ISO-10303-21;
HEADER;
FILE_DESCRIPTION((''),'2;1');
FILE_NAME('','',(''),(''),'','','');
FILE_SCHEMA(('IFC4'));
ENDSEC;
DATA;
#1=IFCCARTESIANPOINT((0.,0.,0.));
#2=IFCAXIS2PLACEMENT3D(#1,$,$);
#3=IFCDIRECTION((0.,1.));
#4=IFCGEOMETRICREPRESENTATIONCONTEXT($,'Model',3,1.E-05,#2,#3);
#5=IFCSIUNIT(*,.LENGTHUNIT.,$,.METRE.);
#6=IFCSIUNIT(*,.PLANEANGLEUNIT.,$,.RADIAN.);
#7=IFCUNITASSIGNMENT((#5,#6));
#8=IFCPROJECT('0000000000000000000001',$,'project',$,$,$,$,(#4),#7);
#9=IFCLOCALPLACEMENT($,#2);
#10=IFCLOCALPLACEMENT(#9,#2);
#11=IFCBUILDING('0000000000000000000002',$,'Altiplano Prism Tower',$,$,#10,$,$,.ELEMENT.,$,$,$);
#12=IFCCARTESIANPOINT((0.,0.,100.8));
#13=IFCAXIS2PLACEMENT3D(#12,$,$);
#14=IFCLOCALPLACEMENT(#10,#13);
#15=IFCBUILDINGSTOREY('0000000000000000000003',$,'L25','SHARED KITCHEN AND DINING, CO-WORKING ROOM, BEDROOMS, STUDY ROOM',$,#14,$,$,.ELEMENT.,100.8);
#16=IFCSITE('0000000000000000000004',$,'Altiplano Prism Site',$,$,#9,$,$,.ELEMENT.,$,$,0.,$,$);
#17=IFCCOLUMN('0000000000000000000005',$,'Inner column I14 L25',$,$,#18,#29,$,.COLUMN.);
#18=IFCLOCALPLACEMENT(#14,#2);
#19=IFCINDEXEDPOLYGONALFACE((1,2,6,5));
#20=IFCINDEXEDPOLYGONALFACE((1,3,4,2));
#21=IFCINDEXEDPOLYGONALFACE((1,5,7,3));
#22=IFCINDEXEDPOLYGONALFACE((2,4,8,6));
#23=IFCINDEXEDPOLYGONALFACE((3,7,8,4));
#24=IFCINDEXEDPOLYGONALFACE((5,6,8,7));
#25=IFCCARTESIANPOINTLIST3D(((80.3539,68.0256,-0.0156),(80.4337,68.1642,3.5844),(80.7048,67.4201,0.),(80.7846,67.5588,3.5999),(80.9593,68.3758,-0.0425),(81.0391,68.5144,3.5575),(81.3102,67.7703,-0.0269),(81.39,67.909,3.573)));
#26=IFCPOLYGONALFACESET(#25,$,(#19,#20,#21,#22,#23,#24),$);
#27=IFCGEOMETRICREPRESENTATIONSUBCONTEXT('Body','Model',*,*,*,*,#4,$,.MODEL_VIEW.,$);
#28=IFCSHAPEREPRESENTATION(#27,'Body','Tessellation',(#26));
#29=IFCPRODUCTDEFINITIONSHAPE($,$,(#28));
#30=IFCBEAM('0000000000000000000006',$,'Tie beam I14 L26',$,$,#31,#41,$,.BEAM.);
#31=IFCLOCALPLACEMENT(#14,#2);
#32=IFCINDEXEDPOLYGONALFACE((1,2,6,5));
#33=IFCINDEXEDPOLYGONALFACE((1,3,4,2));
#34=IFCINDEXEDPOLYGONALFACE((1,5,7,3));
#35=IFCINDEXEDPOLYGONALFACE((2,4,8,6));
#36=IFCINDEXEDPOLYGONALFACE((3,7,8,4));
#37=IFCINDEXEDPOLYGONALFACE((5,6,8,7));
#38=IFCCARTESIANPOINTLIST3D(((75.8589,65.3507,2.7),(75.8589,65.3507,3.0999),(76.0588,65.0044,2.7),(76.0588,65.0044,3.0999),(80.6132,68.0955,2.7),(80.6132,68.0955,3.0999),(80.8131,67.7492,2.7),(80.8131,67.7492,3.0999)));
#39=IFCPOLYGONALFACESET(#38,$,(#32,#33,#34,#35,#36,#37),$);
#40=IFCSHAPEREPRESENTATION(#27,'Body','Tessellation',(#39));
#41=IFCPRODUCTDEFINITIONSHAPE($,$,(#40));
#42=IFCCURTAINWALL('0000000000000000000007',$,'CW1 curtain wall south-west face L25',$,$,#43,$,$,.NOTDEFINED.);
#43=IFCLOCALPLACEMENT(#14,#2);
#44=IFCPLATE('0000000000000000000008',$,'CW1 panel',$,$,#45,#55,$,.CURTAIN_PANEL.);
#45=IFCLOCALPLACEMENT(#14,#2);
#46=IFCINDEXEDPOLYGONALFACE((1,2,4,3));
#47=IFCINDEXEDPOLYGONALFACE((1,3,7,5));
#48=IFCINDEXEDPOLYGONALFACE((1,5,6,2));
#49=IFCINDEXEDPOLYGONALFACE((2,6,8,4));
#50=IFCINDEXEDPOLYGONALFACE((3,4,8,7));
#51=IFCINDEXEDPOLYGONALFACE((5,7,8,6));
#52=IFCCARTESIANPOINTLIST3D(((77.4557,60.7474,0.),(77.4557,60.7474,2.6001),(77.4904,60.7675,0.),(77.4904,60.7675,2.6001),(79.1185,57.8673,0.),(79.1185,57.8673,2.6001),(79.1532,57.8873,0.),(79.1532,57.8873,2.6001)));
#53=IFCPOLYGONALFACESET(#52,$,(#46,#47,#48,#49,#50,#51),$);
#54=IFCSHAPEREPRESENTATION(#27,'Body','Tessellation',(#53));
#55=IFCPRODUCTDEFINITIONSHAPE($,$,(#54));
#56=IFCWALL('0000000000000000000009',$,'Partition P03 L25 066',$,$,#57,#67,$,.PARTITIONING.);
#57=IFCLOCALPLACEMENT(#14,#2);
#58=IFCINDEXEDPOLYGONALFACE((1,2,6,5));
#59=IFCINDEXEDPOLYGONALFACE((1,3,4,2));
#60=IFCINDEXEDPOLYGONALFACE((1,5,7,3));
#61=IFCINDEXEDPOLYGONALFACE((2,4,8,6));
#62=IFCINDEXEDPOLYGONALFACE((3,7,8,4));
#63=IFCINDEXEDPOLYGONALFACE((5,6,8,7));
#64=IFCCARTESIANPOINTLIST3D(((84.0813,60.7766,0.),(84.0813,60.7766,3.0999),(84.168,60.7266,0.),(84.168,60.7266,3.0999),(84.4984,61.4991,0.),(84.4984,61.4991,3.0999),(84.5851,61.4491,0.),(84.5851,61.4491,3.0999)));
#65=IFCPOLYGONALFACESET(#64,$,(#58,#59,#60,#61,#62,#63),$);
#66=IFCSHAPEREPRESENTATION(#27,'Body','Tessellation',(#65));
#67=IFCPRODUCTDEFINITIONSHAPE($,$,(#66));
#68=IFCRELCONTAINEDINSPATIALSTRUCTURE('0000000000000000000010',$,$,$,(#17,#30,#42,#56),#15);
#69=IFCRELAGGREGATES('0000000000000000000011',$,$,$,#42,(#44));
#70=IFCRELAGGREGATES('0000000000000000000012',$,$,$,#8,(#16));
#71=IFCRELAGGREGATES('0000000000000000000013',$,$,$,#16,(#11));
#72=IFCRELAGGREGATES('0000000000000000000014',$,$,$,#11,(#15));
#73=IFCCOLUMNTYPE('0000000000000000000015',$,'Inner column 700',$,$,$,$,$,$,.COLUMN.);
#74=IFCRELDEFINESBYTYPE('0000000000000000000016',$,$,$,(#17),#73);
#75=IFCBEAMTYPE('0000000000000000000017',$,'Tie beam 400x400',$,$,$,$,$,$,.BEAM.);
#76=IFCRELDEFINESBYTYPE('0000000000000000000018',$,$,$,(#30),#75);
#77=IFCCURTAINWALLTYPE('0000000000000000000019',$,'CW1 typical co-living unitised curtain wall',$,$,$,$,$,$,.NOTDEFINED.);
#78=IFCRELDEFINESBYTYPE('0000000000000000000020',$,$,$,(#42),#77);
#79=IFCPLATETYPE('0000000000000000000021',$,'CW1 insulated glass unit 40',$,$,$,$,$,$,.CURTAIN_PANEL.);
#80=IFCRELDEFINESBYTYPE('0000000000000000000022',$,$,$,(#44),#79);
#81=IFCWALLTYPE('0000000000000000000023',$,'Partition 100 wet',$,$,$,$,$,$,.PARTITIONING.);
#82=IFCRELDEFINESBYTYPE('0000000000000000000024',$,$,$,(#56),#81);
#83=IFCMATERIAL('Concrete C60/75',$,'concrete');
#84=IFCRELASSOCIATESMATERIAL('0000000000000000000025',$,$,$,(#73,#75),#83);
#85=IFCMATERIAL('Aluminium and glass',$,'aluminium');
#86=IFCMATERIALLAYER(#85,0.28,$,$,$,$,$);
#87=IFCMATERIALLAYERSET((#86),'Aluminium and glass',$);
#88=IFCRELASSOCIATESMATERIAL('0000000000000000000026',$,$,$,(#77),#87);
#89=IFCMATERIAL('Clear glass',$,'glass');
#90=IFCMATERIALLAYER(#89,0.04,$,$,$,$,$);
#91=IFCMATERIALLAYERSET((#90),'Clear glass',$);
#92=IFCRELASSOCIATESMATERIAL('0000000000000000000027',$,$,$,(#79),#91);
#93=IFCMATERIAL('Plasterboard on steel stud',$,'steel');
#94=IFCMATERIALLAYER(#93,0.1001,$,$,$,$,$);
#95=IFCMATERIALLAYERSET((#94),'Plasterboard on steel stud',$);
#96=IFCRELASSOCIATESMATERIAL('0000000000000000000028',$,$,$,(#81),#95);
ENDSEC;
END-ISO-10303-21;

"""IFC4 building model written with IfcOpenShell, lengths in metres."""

from ifc_helpers import new_model, si_unit, direction, frame, frame_2d, origin, origin_2d, place, context, subcontext, project, spatial, rectangle, extrude, material, layer, layer_set, material_profile, profile_set, type_object, element, aggregate, save


model = new_model("IFC4")

# Units and contexts
model_context = context("Model", 3, precision=1e-05, world=origin(), true_north=direction((0.0, 1.0)))
body_context = subcontext(model_context, "Body", "Model", "MODEL_VIEW")
ifc_project = project(units=[si_unit("LENGTHUNIT", "METRE"), si_unit("PLANEANGLEUNIT", "RADIAN")], contexts=[model_context])

# Site, building, storey
site_placement = place(None, origin())
site = spatial("IfcSite", under=ifc_project, at=site_placement, Name="Altiplano Prism Site", CompositionType="ELEMENT", RefElevation=0.0)
building_placement = place(site_placement, origin())
building = spatial("IfcBuilding", under=site, at=building_placement, Name="Altiplano Prism Tower", CompositionType="ELEMENT")
storey_placement = place(building_placement, frame((0.0, 0.0, 100.8)))
storey = spatial("IfcBuildingStorey", under=building, at=storey_placement, Name="L25", Description="SHARED KITCHEN AND DINING, CO-WORKING ROOM, BEDROOMS, STUDY ROOM", CompositionType="ELEMENT", Elevation=100.8)

# Column
ifc_material_1 = material(Name="Concrete C60/75", Category="concrete")
ifc_material_profile_1 = material_profile(ifc_material_1, rectangle(XDim=0.7, YDim=0.7, at=origin_2d()), Name="Inner column 700")
ifc_profile_set_1 = profile_set([ifc_material_profile_1], Name="Concrete C60/75")
column_type = type_object("IfcColumnType", Name="Inner column 700", PredefinedType="COLUMN", material=ifc_profile_set_1)
column_placement = place(storey_placement, frame((80.832, 67.8979, -0.0212), z_axis=(0.022155, 0.038484, 0.999014), x_axis=(-0.864982, -0.500327, 0.038456)))
element("IfcColumn", 1, at=column_placement, inside=storey, type_object=column_type, Name="Inner column I14 L25", PredefinedType="COLUMN", context=body_context, shape_type="SweptSolid", body=[
    extrude(rectangle(XDim=0.7, YDim=0.7, at=origin_2d()), origin(), (0.0, 0.0, 1.0), 3.6035),
])

# Beam
ifc_material_profile_2 = material_profile(ifc_material_1, rectangle(XDim=0.3999, YDim=0.3999, at=origin_2d()), Name="Tie beam 400x400")
ifc_profile_set_2 = profile_set([ifc_material_profile_2], Name="Concrete C60/75")
beam_type = type_object("IfcBeamType", Name="Tie beam 400x400", PredefinedType="BEAM", material=ifc_profile_set_2)
beam_placement = place(storey_placement, frame((80.7131, 67.9224, 2.8999), z_axis=(-0.866032, -0.499989, 0.0), x_axis=(0.499989, -0.866032, 0.0)))
element("IfcBeam", 2, at=beam_placement, inside=storey, type_object=beam_type, Name="Tie beam I14 L26", PredefinedType="BEAM", context=body_context, shape_type="SweptSolid", body=[
    extrude(rectangle(XDim=0.3999, YDim=0.3999, at=origin_2d()), origin(), (0.0, 0.0, 1.0), 5.4897),
])

# Curtain wall, plate
ifc_material_2 = material(Name="Aluminium and glass", Category="aluminium")
ifc_layer_1 = layer(ifc_material_2, 0.28)
ifc_layer_set_1 = layer_set([ifc_layer_1], Name="Aluminium and glass")
curtain_wall_type = type_object("IfcCurtainWallType", Name="CW1 typical co-living unitised curtain wall", PredefinedType="NOTDEFINED", material=ifc_layer_set_1)
curtain_wall_placement = place(storey_placement, origin())
curtain_wall = element("IfcCurtainWall", 3, at=curtain_wall_placement, inside=storey, type_object=curtain_wall_type, Name="CW1 curtain wall south-west face L25", PredefinedType="NOTDEFINED")
ifc_material_3 = material(Name="Clear glass", Category="glass")
ifc_layer_2 = layer(ifc_material_3, 0.04)
ifc_layer_set_2 = layer_set([ifc_layer_2], Name="Clear glass")
plate_type = type_object("IfcPlateType", Name="CW1 insulated glass unit 40", PredefinedType="CURTAIN_PANEL", material=ifc_layer_set_2)
plate_placement = place(storey_placement, frame((78.3044, 59.3174, 0.0), z_axis=(0.0, 0.0, 1.0), x_axis=(0.5, -0.866025, 0.0)))
plate = element("IfcPlate", 4, at=plate_placement, type_object=plate_type, Name="CW1 panel", PredefinedType="CURTAIN_PANEL", context=body_context, shape_type="SweptSolid", body=[
    extrude(rectangle(XDim=3.3257, YDim=0.04, at=origin_2d()), origin(), (0.0, 0.0, 1.0), 2.6001),
])
aggregate(curtain_wall, [plate])

# Wall
ifc_material_4 = material(Name="Plasterboard on steel stud", Category="steel")
ifc_layer_3 = layer(ifc_material_4, 0.1001)
ifc_layer_set_3 = layer_set([ifc_layer_3], Name="Plasterboard on steel stud")
wall_type_1 = type_object("IfcWallType", Name="Partition 100 wet", PredefinedType="PARTITIONING", material=ifc_layer_set_3)
wall_1_placement = place(storey_placement, frame((84.1248, 60.7517, 0.0), z_axis=(0.0, 0.0, 1.0), x_axis=(0.499917, 0.866073, 0.0)))
element("IfcWall", 5, at=wall_1_placement, inside=storey, type_object=wall_type_1, Name="Partition P03 L25 066", PredefinedType="PARTITIONING", context=body_context, shape_type="SweptSolid", body=[
    extrude(rectangle(XDim=0.8342, YDim=0.1001, at=frame_2d((0.417, 0.0))), origin(), (0.0, 0.0, 1.0), 3.0999),
])

save(model, "model.ifc")
